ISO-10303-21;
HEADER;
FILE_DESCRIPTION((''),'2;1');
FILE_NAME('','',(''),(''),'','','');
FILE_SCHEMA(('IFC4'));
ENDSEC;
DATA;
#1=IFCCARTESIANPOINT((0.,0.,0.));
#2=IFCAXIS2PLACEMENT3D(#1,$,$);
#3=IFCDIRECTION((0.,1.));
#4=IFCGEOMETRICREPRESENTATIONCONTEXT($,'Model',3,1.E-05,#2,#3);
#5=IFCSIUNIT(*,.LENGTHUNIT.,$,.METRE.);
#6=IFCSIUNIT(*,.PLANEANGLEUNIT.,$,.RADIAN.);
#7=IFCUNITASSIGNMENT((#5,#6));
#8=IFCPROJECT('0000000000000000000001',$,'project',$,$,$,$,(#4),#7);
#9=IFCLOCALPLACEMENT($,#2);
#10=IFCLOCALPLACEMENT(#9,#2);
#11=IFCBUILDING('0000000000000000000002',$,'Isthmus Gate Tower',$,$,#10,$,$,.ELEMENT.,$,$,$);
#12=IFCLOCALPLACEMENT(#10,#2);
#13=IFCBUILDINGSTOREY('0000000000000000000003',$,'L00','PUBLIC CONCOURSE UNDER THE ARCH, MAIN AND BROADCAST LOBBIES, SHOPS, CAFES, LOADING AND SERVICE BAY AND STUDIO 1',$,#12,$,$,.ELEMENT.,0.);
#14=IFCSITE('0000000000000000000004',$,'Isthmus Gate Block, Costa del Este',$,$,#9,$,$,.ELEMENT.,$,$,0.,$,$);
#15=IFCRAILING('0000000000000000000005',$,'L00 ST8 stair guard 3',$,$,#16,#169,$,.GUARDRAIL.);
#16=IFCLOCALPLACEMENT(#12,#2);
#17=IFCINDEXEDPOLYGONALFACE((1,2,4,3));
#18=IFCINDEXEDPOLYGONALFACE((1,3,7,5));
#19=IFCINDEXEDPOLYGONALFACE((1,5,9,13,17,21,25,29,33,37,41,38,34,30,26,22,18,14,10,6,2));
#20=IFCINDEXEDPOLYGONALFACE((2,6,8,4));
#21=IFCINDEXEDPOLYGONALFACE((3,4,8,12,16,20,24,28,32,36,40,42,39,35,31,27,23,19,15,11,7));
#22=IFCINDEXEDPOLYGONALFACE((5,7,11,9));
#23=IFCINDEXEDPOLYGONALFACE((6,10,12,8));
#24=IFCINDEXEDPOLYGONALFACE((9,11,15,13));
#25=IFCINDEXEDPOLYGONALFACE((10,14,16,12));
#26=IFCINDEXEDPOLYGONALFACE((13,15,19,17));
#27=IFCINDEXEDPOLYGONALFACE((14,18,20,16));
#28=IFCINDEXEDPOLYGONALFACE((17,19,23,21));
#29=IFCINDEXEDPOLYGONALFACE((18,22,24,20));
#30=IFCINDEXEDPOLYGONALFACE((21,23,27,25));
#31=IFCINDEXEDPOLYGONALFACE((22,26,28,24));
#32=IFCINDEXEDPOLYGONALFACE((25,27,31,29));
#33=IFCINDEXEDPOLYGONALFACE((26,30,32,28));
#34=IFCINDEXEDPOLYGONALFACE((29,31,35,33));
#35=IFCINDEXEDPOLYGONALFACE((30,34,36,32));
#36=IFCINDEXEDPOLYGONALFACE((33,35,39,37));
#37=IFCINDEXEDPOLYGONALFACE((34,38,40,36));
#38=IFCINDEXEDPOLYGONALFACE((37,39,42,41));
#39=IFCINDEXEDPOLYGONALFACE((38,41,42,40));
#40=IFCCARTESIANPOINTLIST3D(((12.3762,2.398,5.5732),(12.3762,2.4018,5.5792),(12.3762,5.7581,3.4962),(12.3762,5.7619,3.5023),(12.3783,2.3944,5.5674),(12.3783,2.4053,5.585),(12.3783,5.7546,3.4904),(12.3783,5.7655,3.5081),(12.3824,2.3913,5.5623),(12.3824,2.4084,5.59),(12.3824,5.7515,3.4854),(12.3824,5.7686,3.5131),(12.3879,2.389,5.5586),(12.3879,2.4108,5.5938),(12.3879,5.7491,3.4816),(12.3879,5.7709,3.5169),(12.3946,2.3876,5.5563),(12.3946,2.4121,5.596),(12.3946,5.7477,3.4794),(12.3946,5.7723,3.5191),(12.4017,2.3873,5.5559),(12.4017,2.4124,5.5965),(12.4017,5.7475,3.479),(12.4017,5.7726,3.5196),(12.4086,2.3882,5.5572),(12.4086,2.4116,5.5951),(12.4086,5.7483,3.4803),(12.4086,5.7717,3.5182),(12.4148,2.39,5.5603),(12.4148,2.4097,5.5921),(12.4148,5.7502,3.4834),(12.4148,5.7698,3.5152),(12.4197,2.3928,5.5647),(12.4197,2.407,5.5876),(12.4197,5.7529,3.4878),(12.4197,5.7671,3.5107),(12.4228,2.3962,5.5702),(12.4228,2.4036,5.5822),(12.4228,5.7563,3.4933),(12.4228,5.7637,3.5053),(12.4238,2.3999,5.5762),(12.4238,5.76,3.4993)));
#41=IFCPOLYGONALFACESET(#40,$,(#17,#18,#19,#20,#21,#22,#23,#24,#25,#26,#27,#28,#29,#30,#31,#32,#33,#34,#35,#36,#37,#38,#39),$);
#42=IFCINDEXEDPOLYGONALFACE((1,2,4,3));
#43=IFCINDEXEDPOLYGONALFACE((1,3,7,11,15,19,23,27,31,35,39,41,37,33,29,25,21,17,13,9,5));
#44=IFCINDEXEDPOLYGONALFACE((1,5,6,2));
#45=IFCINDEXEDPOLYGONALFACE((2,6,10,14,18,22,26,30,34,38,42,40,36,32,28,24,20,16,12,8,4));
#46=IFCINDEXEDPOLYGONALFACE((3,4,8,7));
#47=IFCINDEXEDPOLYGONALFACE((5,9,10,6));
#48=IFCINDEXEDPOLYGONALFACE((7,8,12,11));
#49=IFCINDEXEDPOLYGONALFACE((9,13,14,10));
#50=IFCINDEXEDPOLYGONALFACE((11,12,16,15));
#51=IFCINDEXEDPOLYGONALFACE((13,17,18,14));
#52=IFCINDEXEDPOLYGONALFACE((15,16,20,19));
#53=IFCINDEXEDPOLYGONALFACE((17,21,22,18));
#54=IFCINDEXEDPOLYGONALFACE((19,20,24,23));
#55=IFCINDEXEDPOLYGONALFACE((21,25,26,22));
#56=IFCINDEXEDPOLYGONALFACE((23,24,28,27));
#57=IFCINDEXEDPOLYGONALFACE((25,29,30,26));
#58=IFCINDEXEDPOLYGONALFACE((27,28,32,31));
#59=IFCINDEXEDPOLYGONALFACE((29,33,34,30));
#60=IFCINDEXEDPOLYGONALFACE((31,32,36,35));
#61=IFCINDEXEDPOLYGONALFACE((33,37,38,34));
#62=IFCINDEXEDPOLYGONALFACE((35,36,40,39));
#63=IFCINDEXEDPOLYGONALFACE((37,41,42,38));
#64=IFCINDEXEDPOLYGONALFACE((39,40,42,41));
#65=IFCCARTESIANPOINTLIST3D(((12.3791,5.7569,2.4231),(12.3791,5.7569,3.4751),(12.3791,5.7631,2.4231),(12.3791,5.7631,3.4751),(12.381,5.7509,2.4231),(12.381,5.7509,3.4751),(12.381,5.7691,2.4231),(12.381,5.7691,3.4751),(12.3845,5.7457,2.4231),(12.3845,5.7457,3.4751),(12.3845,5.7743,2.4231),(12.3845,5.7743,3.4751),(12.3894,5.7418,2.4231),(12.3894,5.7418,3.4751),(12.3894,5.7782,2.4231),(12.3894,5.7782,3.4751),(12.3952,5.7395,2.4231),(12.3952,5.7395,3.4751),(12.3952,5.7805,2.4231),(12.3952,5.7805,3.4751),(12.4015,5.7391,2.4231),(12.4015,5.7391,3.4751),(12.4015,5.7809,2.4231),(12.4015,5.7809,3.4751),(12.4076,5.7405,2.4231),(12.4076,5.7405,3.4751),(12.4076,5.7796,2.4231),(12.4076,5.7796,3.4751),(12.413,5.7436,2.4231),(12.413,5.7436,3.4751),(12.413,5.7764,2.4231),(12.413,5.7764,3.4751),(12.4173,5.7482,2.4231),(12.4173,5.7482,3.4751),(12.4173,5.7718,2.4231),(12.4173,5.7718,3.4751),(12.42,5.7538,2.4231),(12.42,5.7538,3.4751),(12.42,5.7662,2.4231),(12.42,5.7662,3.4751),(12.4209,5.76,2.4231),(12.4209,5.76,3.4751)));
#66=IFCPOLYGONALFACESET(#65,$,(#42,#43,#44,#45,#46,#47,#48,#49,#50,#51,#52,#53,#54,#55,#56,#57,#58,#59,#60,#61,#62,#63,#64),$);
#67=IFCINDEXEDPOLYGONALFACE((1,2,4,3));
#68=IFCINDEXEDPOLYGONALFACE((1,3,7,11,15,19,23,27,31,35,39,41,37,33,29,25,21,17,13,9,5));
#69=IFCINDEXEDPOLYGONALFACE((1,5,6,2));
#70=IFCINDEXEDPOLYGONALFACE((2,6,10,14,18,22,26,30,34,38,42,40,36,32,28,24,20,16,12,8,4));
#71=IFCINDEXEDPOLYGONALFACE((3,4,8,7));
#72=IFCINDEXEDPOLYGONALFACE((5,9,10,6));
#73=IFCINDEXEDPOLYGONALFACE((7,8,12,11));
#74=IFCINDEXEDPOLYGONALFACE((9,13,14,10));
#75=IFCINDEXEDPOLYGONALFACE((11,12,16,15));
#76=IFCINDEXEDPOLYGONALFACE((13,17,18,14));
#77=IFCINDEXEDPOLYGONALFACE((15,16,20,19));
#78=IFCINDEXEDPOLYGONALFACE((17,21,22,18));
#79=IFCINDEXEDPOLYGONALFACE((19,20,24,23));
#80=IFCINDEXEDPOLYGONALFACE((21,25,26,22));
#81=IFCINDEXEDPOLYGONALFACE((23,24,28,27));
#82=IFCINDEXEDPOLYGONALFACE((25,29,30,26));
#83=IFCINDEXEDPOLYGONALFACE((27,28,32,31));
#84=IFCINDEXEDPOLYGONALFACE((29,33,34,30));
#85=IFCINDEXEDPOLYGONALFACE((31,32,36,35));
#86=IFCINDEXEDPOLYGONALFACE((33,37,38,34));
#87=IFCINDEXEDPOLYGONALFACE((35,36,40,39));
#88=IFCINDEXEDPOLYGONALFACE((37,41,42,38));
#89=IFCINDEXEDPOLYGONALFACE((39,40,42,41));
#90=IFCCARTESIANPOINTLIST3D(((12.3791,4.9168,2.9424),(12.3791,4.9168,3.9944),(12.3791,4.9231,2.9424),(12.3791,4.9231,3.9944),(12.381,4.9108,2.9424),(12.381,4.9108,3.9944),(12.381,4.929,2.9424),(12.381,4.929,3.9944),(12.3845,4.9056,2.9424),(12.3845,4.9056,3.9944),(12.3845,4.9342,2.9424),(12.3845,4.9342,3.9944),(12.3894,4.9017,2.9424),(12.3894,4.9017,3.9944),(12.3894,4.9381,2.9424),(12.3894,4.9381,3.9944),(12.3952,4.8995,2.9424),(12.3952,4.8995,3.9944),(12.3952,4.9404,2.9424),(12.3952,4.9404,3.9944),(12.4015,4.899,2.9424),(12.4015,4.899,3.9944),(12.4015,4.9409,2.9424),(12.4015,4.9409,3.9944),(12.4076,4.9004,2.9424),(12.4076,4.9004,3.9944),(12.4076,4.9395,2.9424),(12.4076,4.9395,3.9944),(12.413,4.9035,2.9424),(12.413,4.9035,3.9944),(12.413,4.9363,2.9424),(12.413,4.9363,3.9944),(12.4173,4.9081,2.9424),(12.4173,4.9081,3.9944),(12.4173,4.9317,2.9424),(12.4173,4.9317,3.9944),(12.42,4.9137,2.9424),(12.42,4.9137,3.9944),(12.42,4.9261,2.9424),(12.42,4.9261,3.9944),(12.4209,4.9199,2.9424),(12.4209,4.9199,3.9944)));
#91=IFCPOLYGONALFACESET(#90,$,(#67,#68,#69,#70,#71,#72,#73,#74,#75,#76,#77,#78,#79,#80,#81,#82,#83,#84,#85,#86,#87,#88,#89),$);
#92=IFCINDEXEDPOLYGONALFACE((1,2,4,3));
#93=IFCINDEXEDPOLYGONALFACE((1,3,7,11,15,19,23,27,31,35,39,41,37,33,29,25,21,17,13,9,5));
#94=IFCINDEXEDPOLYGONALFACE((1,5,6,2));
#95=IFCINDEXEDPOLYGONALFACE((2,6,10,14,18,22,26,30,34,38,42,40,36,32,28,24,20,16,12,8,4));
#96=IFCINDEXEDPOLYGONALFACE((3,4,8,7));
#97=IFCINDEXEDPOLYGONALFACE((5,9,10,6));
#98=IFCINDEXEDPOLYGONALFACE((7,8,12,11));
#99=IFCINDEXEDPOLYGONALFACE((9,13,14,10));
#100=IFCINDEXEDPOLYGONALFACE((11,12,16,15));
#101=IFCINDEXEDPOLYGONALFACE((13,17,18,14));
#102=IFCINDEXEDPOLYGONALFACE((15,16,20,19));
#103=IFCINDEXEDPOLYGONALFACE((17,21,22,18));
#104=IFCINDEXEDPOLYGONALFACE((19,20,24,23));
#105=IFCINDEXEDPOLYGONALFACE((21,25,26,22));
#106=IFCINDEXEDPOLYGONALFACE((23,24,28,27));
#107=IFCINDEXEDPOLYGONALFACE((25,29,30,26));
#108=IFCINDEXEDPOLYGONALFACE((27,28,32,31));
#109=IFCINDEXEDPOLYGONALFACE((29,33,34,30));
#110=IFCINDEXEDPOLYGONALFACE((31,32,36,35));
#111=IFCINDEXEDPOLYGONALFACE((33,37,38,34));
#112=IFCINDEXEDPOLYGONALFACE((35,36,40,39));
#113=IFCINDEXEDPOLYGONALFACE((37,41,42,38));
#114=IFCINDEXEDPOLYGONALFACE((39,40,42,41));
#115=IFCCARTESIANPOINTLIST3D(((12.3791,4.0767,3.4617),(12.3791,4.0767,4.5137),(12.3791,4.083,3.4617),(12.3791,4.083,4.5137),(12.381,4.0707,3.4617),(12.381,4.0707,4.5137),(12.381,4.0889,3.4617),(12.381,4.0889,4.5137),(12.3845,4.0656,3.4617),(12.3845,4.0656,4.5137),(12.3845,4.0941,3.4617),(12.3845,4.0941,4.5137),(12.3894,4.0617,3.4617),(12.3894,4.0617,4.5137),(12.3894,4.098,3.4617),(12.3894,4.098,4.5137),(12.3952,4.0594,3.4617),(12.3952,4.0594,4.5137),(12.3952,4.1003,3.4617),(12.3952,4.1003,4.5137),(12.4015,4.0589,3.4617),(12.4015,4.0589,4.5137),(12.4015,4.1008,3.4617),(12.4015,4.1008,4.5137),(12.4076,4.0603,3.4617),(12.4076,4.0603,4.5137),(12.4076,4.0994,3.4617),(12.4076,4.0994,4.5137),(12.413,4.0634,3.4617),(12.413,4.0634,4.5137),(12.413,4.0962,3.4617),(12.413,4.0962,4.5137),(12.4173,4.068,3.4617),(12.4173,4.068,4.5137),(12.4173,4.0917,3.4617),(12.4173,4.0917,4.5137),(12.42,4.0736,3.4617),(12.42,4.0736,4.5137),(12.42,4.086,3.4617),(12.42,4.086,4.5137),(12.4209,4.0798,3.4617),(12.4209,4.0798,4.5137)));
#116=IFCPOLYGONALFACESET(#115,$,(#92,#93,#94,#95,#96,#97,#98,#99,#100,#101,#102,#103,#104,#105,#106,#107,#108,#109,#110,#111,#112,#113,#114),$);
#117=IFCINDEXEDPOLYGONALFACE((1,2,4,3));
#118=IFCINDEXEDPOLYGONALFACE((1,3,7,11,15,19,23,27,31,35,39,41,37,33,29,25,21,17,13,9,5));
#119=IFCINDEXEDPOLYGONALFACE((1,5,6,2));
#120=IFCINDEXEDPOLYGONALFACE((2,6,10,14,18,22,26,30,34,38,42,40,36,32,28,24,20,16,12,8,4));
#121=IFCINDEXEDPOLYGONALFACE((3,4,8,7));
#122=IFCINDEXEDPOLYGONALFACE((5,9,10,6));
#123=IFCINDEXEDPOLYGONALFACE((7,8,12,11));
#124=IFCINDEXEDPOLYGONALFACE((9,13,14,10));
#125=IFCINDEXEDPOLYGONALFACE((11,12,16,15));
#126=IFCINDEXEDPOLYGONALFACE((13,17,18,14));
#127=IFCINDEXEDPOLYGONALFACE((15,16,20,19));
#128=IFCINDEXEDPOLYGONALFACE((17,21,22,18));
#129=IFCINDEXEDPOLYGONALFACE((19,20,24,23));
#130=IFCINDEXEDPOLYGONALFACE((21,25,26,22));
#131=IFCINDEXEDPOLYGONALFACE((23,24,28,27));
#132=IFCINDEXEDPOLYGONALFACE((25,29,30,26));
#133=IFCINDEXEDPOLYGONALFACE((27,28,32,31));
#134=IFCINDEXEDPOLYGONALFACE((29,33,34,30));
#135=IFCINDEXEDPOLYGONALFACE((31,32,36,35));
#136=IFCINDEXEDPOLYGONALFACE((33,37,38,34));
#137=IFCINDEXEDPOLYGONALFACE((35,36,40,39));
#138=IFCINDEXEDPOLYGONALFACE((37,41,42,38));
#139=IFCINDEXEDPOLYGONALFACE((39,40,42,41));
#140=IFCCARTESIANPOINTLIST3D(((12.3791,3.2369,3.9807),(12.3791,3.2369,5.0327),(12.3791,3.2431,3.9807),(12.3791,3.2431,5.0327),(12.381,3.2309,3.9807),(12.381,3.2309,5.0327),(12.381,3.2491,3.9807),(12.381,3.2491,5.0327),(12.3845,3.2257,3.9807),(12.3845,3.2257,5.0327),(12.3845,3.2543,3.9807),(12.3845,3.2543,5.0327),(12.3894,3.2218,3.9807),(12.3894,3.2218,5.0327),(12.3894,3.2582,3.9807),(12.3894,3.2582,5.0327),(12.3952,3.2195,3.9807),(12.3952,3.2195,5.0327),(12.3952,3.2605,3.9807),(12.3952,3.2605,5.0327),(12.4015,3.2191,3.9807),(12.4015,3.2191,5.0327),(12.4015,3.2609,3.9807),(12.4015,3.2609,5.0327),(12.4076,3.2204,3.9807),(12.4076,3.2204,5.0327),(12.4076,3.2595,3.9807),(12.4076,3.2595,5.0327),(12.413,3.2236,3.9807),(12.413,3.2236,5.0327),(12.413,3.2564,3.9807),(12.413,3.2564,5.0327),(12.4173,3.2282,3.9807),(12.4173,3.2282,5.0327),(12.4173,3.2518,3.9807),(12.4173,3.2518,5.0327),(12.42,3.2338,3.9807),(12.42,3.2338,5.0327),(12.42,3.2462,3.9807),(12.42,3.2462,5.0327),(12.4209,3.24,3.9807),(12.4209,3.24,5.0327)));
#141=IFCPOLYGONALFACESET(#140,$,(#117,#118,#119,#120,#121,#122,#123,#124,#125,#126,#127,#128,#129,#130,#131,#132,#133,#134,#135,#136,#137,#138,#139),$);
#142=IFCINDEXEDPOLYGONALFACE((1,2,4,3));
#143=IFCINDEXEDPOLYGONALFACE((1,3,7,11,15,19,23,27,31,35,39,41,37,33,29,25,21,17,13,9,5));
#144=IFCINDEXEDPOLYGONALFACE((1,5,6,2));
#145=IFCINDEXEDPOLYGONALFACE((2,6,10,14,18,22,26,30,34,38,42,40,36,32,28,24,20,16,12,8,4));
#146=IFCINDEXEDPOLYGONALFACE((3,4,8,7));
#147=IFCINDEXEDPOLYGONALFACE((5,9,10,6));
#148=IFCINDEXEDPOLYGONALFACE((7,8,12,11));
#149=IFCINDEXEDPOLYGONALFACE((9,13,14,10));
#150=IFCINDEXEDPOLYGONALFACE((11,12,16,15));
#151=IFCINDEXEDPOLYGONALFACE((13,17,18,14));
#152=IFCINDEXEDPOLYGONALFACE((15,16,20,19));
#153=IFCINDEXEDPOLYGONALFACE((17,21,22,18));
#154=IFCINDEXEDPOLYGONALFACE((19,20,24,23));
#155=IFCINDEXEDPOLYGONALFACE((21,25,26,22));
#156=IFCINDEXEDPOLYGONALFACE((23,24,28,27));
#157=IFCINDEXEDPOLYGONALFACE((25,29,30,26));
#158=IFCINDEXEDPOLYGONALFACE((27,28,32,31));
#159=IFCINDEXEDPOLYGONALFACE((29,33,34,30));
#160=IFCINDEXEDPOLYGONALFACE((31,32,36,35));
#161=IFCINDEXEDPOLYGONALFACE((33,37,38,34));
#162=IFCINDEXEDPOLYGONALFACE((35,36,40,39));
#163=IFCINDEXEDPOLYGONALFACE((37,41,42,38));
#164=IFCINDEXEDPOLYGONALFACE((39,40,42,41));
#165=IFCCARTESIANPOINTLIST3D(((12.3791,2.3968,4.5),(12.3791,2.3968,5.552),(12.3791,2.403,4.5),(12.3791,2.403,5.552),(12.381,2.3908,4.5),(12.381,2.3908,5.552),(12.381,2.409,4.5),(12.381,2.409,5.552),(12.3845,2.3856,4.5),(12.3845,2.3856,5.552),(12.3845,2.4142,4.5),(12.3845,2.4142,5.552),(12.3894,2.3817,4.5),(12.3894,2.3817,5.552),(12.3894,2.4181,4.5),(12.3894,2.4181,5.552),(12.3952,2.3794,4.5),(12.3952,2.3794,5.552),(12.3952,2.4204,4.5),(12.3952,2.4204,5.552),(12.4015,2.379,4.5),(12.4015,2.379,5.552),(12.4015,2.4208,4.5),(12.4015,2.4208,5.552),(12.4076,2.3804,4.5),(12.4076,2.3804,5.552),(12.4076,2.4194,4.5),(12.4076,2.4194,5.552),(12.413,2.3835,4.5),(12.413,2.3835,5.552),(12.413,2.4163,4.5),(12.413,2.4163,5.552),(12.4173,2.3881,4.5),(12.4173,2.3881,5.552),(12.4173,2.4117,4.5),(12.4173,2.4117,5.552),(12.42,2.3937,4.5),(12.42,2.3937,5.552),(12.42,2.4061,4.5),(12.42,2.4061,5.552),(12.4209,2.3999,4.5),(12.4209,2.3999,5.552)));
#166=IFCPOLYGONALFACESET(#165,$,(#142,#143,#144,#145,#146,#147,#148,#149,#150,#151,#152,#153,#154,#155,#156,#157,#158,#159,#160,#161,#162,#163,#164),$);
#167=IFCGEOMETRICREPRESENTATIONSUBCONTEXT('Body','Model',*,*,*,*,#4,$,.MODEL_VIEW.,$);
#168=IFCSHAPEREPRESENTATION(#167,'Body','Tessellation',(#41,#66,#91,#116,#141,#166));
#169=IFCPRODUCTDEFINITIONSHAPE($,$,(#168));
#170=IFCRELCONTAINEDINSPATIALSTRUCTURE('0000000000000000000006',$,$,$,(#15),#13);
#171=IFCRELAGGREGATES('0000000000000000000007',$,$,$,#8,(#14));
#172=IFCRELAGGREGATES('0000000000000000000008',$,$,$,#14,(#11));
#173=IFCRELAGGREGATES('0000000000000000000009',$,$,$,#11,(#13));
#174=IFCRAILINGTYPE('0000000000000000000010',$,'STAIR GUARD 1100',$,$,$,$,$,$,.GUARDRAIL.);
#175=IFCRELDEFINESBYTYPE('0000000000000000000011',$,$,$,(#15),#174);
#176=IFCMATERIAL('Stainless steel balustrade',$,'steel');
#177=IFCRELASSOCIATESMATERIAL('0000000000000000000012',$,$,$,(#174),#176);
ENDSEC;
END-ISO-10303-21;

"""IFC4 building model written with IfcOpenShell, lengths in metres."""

from ifc_helpers import new_model, si_unit, direction, frame, origin, origin_2d, place, context, subcontext, project, spatial, circle, extrude, material, type_object, element, save


model = new_model("IFC4")

# Units and contexts
model_context = context("Model", 3, precision=1e-05, world=origin(), true_north=direction((0.0, 1.0)))
body_context = subcontext(model_context, "Body", "Model", "MODEL_VIEW")
ifc_project = project(units=[si_unit("LENGTHUNIT", "METRE"), si_unit("PLANEANGLEUNIT", "RADIAN")], contexts=[model_context])

# Site, building, storey
site_placement = place(None, origin())
site = spatial("IfcSite", under=ifc_project, at=site_placement, Name="Isthmus Gate Block, Costa del Este", CompositionType="ELEMENT", RefElevation=0.0)
building_placement = place(site_placement, origin())
building = spatial("IfcBuilding", under=site, at=building_placement, Name="Isthmus Gate Tower", CompositionType="ELEMENT")
storey_placement = place(building_placement, origin())
storey = spatial("IfcBuildingStorey", under=building, at=storey_placement, Name="L00", Description="PUBLIC CONCOURSE UNDER THE ARCH, MAIN AND BROADCAST LOBBIES, SHOPS, CAFES, LOADING AND SERVICE BAY AND STUDIO 1", CompositionType="ELEMENT", Elevation=0.0)

# Railing
ifc_material_1 = material(Name="Stainless steel balustrade", Category="steel")
railing_type_1 = type_object("IfcRailingType", Name="STAIR GUARD 1100", PredefinedType="GUARDRAIL", material=ifc_material_1)
for number, where, name in (
    (1, (12.3999, 5.76, 2.4231), "L00 ST8 stair guard 3"),
):
    element("IfcRailing", number, at=place(storey_placement, frame(where)), inside=storey, type_object=railing_type_1, Name=name, PredefinedType="GUARDRAIL", context=body_context, shape_type="SweptSolid", body=[
        extrude(circle(Radius=0.0239, at=origin_2d()), frame((0.0, 0.0, 1.0762), z_axis=(0.0, -0.850623, 0.525776), x_axis=(1.0, 0.0, 0.0)), (0.0, 0.0, 1.0), 3.9502),
        extrude(circle(Radius=0.021, at=origin_2d()), origin(), (0.0, 0.0, 1.0), 1.052),
        extrude(circle(Radius=0.021, at=origin_2d()), frame((0.0, -0.8401, 0.5193)), (0.0, 0.0, 1.0), 1.052),
        extrude(circle(Radius=0.021, at=origin_2d()), frame((0.0, -1.6802, 1.0386)), (0.0, 0.0, 1.0), 1.052),
        extrude(circle(Radius=0.021, at=origin_2d()), frame((0.0, -2.52, 1.5576)), (0.0, 0.0, 1.0), 1.052),
        extrude(circle(Radius=0.021, at=origin_2d()), frame((0.0, -3.3601, 2.0769)), (0.0, 0.0, 1.0), 1.052),
    ])

save(model, "model.ifc")
